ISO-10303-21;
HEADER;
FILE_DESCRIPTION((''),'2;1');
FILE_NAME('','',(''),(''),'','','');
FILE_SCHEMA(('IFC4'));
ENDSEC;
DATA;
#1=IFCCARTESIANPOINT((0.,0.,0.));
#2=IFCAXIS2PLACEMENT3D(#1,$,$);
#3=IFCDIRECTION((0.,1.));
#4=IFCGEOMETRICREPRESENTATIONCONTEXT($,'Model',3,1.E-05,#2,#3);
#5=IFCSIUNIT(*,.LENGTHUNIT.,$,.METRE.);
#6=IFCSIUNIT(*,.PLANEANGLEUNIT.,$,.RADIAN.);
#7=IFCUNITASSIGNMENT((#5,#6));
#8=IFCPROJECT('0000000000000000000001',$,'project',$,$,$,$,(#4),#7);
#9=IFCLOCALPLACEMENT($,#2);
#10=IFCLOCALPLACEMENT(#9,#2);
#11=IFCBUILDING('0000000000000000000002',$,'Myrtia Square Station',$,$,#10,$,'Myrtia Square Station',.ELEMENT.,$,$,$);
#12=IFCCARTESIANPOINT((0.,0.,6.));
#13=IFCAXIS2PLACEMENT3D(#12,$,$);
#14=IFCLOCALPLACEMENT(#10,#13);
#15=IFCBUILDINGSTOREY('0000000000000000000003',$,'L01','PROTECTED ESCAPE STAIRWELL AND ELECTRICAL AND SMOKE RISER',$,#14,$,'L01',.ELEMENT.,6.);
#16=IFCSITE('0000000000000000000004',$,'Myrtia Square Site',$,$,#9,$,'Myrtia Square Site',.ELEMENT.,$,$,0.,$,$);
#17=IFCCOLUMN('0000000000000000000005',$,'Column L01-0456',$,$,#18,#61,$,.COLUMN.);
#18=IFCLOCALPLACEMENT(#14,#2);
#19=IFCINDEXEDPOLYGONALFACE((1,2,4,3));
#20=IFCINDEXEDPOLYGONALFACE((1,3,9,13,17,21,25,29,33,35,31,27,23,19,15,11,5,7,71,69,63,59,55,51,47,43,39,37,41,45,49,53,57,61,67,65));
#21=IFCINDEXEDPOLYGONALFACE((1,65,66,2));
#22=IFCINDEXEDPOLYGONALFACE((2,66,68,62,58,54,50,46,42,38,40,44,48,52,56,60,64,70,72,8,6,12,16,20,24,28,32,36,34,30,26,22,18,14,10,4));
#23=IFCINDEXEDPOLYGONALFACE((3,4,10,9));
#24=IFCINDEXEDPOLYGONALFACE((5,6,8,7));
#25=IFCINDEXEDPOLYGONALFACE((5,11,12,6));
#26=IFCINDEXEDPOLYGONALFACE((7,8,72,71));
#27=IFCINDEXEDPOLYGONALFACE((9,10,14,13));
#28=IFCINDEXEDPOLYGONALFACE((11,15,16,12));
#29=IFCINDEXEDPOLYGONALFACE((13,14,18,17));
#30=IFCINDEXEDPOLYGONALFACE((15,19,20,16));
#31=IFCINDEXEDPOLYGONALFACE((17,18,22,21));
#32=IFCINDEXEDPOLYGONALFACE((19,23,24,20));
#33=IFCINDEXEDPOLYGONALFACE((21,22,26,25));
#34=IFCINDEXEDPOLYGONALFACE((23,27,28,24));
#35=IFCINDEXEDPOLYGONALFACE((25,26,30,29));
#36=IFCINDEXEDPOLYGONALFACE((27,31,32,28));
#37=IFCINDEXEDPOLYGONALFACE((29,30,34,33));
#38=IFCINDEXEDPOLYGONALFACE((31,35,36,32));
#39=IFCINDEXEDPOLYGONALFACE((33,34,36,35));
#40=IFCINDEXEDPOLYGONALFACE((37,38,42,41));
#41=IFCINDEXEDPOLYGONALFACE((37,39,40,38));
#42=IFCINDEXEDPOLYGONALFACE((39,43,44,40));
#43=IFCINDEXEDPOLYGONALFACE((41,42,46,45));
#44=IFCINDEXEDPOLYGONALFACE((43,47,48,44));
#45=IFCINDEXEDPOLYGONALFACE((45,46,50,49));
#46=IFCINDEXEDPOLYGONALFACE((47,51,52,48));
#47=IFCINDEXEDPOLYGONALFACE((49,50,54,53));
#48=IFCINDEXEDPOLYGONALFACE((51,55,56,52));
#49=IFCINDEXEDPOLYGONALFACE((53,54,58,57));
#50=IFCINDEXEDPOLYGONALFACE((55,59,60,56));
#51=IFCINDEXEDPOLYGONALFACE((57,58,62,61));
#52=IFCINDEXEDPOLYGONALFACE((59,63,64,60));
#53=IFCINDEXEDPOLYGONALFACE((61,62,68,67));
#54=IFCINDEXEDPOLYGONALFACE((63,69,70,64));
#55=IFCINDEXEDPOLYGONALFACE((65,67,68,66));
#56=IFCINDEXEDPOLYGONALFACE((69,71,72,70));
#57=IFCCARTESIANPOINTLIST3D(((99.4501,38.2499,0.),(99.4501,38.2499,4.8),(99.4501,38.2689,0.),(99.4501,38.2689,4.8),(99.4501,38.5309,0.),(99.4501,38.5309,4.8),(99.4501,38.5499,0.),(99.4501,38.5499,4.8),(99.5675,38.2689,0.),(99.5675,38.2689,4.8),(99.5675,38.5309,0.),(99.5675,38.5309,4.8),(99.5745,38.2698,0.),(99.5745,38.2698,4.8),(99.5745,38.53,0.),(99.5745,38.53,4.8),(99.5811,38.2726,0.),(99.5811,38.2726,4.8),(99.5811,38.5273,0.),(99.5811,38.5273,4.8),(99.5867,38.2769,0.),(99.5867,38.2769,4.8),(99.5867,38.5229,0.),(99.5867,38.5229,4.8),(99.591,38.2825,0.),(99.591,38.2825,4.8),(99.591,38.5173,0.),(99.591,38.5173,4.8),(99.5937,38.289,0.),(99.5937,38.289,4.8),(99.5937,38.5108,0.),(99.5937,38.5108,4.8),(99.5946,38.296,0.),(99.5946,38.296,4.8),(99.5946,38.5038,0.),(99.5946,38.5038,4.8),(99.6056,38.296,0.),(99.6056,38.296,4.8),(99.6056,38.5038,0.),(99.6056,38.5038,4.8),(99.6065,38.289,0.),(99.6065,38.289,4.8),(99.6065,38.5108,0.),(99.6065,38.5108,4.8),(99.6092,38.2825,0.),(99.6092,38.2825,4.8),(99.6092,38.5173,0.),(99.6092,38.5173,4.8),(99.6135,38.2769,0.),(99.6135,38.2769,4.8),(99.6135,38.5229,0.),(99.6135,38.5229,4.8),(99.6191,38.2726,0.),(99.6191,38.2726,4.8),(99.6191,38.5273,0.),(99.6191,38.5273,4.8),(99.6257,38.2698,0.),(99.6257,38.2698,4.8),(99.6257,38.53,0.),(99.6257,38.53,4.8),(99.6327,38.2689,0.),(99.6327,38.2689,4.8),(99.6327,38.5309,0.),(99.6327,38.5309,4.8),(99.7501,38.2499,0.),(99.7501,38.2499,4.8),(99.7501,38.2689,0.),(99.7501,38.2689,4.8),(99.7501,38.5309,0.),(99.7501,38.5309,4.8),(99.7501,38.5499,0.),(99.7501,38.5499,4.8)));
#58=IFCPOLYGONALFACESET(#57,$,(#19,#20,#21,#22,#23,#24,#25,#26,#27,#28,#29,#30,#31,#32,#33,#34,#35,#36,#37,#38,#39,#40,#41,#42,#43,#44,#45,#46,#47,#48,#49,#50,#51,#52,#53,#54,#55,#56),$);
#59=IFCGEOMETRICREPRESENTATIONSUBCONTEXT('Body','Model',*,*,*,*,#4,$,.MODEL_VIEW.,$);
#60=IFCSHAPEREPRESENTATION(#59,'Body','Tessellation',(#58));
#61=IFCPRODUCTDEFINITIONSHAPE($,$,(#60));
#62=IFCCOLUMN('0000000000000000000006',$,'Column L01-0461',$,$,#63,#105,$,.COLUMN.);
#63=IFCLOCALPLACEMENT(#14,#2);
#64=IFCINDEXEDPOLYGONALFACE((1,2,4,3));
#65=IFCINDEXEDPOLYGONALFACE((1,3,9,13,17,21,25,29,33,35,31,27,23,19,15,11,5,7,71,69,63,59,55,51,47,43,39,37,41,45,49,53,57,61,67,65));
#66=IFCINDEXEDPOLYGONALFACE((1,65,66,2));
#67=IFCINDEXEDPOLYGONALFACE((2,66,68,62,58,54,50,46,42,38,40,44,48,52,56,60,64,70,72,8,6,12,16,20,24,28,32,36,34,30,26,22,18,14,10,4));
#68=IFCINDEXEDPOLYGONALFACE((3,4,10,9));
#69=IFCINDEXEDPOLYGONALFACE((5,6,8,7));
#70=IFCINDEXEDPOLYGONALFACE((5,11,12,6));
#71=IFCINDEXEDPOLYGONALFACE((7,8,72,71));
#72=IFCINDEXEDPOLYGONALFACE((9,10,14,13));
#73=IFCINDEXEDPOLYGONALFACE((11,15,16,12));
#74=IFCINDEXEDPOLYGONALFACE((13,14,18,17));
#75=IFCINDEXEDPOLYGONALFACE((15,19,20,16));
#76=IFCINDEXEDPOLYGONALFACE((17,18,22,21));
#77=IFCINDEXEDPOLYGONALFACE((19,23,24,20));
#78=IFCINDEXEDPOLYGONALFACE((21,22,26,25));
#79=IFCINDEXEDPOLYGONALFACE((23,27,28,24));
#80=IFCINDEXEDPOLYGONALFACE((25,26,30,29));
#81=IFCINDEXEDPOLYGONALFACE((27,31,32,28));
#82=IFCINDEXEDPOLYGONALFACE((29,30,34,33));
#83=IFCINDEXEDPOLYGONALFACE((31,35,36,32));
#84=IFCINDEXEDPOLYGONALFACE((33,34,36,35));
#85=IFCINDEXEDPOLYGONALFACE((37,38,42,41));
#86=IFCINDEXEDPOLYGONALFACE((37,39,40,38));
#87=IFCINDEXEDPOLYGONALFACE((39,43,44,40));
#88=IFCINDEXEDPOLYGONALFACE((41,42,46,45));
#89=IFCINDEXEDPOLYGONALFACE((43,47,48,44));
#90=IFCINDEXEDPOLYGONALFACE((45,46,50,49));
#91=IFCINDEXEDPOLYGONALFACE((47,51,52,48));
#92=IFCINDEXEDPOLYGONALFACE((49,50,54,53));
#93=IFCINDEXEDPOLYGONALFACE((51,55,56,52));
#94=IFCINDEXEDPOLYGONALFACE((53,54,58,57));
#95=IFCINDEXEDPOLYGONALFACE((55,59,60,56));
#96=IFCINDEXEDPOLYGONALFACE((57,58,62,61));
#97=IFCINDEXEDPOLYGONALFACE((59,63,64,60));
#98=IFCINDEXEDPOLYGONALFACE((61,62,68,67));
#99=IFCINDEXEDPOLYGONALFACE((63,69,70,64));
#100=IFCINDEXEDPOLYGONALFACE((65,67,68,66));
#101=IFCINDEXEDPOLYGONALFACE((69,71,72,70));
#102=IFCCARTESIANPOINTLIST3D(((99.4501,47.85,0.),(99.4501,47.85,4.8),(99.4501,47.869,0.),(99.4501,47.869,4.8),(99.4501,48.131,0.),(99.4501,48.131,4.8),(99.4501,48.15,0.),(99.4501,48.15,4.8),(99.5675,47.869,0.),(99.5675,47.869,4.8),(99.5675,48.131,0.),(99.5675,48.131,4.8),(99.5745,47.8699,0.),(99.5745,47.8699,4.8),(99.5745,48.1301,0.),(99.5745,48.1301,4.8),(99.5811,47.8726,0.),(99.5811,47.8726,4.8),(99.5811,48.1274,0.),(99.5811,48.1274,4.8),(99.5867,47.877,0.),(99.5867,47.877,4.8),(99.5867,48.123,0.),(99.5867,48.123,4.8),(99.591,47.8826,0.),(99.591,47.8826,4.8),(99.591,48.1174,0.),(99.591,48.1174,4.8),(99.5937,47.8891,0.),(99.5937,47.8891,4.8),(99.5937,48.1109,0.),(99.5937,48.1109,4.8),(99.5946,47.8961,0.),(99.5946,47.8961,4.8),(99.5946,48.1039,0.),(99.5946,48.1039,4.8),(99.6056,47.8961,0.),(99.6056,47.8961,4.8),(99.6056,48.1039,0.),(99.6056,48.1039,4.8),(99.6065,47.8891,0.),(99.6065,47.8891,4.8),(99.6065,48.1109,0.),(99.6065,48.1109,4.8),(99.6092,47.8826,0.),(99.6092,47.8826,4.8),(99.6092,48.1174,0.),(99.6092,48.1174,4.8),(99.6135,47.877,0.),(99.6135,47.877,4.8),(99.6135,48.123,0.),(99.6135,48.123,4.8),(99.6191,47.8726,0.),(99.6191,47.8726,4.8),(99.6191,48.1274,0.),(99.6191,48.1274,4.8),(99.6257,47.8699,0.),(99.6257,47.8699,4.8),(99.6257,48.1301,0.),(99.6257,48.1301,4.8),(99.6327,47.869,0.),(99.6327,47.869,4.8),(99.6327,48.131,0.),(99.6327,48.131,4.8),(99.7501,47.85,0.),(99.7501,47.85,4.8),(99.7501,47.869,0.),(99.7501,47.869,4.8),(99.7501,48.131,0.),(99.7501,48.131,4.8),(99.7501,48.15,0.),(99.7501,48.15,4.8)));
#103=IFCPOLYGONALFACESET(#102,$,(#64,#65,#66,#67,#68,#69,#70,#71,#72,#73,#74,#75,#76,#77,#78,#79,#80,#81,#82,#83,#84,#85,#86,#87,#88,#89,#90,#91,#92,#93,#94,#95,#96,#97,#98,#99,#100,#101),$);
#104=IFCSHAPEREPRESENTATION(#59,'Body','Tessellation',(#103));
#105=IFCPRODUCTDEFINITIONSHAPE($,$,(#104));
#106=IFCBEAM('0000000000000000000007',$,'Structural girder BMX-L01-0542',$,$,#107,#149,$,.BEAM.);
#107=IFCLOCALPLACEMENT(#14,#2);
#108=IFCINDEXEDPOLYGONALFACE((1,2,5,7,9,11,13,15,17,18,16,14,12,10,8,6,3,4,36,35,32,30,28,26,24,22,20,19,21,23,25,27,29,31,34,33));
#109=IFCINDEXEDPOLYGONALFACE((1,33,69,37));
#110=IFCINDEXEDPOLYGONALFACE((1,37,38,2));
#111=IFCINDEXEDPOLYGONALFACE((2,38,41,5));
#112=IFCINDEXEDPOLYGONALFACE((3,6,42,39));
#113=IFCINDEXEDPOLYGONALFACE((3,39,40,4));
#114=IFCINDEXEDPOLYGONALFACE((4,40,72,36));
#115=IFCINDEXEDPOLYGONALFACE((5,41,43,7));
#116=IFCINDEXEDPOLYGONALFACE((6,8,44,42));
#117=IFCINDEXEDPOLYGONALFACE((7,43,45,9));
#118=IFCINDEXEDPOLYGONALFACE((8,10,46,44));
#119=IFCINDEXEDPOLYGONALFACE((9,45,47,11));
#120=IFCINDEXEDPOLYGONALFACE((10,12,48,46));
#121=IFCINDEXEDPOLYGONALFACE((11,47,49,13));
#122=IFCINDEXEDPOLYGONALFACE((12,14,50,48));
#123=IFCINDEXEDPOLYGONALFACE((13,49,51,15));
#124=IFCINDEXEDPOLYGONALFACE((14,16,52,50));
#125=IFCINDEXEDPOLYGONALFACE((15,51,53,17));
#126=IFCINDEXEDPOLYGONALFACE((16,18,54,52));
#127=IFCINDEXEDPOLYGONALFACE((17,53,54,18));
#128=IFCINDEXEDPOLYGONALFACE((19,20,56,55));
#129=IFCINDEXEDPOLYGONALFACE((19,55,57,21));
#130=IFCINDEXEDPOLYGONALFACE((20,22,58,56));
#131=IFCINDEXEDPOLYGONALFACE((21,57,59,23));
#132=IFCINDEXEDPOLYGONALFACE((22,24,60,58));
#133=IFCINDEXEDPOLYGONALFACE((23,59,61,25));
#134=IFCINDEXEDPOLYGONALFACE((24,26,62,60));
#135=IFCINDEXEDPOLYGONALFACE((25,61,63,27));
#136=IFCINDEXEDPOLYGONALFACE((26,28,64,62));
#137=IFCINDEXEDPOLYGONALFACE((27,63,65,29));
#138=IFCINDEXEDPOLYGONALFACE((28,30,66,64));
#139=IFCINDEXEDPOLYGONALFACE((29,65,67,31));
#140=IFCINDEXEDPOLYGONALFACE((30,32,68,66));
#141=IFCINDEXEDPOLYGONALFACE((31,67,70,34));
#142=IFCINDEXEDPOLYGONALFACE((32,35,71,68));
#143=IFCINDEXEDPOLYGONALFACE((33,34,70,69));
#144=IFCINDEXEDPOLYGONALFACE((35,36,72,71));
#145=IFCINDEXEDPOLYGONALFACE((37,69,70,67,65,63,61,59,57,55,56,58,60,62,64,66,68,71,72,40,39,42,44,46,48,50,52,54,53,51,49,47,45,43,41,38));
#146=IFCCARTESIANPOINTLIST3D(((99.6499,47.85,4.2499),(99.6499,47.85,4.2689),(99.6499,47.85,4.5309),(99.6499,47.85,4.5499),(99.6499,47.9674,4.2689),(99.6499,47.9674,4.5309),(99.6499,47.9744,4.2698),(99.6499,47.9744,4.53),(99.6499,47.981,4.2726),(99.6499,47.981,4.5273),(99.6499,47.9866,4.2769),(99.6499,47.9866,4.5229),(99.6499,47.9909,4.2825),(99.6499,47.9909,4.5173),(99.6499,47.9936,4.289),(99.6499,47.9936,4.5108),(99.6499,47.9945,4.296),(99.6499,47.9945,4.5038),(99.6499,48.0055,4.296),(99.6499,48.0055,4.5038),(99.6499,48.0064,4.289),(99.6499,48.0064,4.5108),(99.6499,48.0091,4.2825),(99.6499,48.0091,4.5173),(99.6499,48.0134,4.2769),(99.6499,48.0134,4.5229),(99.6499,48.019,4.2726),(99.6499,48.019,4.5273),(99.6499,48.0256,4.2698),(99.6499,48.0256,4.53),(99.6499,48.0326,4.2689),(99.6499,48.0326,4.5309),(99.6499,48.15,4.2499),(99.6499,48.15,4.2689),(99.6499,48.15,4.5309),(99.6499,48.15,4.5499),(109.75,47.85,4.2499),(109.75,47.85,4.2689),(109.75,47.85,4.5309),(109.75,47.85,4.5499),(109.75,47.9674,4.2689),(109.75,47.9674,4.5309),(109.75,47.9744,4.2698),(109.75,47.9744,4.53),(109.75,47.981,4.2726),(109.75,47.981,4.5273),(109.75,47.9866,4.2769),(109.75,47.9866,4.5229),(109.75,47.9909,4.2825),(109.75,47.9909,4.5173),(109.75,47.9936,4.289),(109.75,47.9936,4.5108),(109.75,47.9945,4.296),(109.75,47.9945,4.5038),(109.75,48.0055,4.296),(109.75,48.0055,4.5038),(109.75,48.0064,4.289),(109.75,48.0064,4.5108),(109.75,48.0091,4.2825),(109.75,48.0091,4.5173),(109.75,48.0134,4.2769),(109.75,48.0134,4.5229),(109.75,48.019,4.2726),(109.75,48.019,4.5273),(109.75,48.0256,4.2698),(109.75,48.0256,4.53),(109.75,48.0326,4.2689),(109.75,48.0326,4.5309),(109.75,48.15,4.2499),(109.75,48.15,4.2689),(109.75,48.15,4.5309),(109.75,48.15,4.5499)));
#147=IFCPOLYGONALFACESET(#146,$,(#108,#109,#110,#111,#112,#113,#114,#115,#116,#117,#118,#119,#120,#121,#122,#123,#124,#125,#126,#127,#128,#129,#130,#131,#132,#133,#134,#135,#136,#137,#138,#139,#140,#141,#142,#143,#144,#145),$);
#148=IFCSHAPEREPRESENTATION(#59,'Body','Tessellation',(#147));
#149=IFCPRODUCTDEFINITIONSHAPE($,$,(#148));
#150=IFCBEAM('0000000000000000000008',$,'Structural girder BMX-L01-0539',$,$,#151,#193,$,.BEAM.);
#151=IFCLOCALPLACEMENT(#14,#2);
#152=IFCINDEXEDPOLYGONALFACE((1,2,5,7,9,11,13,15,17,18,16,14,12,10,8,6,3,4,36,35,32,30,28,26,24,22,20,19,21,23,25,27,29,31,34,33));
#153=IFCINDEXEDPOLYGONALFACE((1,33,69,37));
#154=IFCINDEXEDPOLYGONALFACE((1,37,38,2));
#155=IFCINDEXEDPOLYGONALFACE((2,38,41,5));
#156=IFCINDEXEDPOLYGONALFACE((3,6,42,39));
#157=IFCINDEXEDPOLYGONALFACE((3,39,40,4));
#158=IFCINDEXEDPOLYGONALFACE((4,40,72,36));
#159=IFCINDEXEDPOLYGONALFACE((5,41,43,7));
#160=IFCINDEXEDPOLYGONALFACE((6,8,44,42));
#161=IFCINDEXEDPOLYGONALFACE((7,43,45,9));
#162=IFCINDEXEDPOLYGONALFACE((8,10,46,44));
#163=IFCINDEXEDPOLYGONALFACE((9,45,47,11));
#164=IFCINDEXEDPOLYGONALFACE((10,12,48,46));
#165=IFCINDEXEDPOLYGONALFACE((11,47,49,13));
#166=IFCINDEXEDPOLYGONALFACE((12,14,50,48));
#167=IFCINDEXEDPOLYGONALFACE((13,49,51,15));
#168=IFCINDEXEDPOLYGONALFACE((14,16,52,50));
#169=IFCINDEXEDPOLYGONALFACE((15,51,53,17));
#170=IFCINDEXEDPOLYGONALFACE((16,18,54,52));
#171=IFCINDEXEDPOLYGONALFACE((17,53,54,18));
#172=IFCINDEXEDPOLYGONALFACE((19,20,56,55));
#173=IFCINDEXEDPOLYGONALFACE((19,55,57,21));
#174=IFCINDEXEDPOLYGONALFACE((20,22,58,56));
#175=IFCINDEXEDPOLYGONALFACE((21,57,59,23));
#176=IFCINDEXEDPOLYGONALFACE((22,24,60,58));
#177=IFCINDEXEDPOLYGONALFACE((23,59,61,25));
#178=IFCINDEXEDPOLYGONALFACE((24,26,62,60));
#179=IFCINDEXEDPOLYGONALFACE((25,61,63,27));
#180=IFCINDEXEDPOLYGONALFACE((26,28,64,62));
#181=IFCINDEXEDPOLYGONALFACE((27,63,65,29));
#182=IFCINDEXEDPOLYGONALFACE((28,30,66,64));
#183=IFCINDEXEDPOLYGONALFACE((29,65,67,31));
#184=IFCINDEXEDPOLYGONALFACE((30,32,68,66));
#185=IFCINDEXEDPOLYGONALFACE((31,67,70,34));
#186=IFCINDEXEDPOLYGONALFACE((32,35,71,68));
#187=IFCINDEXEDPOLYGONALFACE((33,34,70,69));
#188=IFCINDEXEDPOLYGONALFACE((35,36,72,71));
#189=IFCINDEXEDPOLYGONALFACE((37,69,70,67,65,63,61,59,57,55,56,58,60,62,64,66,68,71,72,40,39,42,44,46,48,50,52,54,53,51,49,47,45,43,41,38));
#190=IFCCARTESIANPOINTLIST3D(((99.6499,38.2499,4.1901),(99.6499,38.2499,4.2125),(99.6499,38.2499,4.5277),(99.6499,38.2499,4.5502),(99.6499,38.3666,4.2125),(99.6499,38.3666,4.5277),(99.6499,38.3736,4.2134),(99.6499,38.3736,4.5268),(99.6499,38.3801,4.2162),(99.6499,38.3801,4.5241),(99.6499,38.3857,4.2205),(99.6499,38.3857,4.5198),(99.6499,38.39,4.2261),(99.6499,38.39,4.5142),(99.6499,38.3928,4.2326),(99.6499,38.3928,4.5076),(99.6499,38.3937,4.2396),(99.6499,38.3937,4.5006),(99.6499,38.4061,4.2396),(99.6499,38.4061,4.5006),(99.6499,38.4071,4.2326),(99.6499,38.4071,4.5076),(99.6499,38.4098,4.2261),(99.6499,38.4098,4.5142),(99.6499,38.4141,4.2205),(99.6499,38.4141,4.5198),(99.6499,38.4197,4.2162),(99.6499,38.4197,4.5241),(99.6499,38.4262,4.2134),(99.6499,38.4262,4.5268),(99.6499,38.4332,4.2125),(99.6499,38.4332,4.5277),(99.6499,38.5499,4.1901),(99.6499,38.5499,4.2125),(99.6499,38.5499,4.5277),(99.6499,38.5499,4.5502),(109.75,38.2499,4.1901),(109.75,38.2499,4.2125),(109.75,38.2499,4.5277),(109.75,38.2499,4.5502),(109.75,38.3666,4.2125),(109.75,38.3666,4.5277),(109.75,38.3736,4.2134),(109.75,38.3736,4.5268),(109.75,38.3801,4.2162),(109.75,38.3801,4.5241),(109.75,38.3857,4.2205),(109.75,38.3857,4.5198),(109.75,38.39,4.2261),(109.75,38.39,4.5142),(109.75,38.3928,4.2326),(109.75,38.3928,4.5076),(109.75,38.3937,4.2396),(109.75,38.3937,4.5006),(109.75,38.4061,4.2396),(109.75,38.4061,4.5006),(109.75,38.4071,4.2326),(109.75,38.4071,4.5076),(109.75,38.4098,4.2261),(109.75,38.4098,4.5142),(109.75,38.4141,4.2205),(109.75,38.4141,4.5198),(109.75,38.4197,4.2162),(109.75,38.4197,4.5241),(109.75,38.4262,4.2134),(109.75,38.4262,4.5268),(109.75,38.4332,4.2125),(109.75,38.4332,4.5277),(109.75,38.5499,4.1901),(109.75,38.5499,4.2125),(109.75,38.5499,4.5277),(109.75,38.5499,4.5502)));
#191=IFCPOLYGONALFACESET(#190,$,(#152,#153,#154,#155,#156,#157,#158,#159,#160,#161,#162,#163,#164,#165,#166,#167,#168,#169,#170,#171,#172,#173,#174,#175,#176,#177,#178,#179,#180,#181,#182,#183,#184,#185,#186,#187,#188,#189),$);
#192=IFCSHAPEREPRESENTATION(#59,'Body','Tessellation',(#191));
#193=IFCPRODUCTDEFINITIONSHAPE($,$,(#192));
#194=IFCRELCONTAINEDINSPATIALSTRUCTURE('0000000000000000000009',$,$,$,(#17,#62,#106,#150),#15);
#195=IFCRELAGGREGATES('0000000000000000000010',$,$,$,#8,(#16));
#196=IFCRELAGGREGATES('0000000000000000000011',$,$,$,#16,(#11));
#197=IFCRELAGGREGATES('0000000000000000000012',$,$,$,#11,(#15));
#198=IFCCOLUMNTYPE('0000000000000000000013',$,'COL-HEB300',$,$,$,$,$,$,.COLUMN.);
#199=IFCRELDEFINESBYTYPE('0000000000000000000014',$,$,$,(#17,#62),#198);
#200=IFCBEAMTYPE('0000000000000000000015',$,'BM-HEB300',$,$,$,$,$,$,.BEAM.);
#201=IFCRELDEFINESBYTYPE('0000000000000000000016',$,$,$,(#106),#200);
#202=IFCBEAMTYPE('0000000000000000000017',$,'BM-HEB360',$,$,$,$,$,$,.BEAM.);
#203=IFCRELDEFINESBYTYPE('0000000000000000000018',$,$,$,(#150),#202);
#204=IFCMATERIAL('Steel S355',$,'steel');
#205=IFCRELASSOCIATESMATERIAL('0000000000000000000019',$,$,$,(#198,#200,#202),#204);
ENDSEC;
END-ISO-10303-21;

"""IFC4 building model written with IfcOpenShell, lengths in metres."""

from ifc_helpers import new_model, si_unit, direction, frame, origin, origin_2d, place, context, subcontext, project, spatial, i_section, extrude, material, material_profile, profile_set, type_object, element, save


model = new_model("IFC4")

# Units and contexts
model_context = context("Model", 3, precision=1e-05, world=origin(), true_north=direction((0.0, 1.0)))
body_context = subcontext(model_context, "Body", "Model", "MODEL_VIEW")
ifc_project = project(units=[si_unit("LENGTHUNIT", "METRE"), si_unit("PLANEANGLEUNIT", "RADIAN")], contexts=[model_context])

# Site, building, storey
site_placement = place(None, origin())
site = spatial("IfcSite", under=ifc_project, at=site_placement, Name="Myrtia Square Site", LongName="Myrtia Square Site", CompositionType="ELEMENT", RefElevation=0.0)
building_placement = place(site_placement, origin())
building = spatial("IfcBuilding", under=site, at=building_placement, Name="Myrtia Square Station", LongName="Myrtia Square Station", CompositionType="ELEMENT")
storey_placement = place(building_placement, frame((0.0, 0.0, 6.0)))
storey = spatial("IfcBuildingStorey", under=building, at=storey_placement, Name="L01", Description="PROTECTED ESCAPE STAIRWELL AND ELECTRICAL AND SMOKE RISER", LongName="L01", CompositionType="ELEMENT", Elevation=6.0)

# Columns
ifc_material_1 = material(Name="Steel S355", Category="steel")
ifc_material_profile_1 = material_profile(ifc_material_1, i_section(OverallWidth=0.3, OverallDepth=0.3, WebThickness=0.011, FlangeThickness=0.019, FilletRadius=0.0271, at=origin_2d()), Name="HEB 300")
ifc_profile_set_1 = profile_set([ifc_material_profile_1], Name="Steel S355")
column_type = type_object("IfcColumnType", Name="COL-HEB300", PredefinedType="COLUMN", material=ifc_profile_set_1)
for number, where, z_axis, x_axis, name in (
    (1, (99.6001, 38.3999, 0.0), (0.0, 0.0, 1.0), (1.0, 0.0, 0.0), "Column L01-0456"),
    (2, (99.6001, 48.0, 0.0), (0.0, 0.0, 1.0), (1.0, 0.0, 0.0), "Column L01-0461"),
):
    element("IfcColumn", number, at=place(storey_placement, frame(where, z_axis=z_axis, x_axis=x_axis)), inside=storey, type_object=column_type, Name=name, PredefinedType="COLUMN", context=body_context, shape_type="SweptSolid", body=[
        extrude(i_section(OverallWidth=0.3, OverallDepth=0.3, WebThickness=0.011, FlangeThickness=0.019, FilletRadius=0.0271, at=origin_2d()), origin(), (0.0, 0.0, 1.0), 4.8),
    ])

# Beams
ifc_material_profile_2 = material_profile(ifc_material_1, i_section(OverallWidth=0.3, OverallDepth=0.3, WebThickness=0.011, FlangeThickness=0.019, FilletRadius=0.0271, at=origin_2d()), Name="HEB 300")
ifc_profile_set_2 = profile_set([ifc_material_profile_2], Name="Steel S355")
beam_type_1 = type_object("IfcBeamType", Name="BM-HEB300", PredefinedType="BEAM", material=ifc_profile_set_2)
beam_1_placement = place(storey_placement, frame((99.6499, 48.0, 4.3999), z_axis=(1.0, 0.0, 0.0), x_axis=(0.0, 1.0, 0.0)))
element("IfcBeam", 3, at=beam_1_placement, inside=storey, type_object=beam_type_1, Name="Structural girder BMX-L01-0542", PredefinedType="BEAM", context=body_context, shape_type="SweptSolid", body=[
    extrude(i_section(OverallWidth=0.3, OverallDepth=0.3, WebThickness=0.011, FlangeThickness=0.019, FilletRadius=0.0271, at=origin_2d()), origin(), (0.0, 0.0, 1.0), 10.1001),
])
ifc_material_profile_3 = material_profile(ifc_material_1, i_section(OverallWidth=0.3, OverallDepth=0.3601, WebThickness=0.0125, FlangeThickness=0.0225, FilletRadius=0.0271, at=origin_2d()), Name="HEB 360")
ifc_profile_set_3 = profile_set([ifc_material_profile_3], Name="Steel S355")
beam_type_2 = type_object("IfcBeamType", Name="BM-HEB360", PredefinedType="BEAM", material=ifc_profile_set_3)
beam_2_placement = place(storey_placement, frame((99.6499, 38.3999, 4.3701), z_axis=(1.0, 0.0, 0.0), x_axis=(0.0, 1.0, 0.0)))
element("IfcBeam", 4, at=beam_2_placement, inside=storey, type_object=beam_type_2, Name="Structural girder BMX-L01-0539", PredefinedType="BEAM", context=body_context, shape_type="SweptSolid", body=[
    extrude(i_section(OverallWidth=0.3, OverallDepth=0.3601, WebThickness=0.0125, FlangeThickness=0.0225, FilletRadius=0.0271, at=origin_2d()), origin(), (0.0, 0.0, 1.0), 10.1001),
])

save(model, "model.ifc")
